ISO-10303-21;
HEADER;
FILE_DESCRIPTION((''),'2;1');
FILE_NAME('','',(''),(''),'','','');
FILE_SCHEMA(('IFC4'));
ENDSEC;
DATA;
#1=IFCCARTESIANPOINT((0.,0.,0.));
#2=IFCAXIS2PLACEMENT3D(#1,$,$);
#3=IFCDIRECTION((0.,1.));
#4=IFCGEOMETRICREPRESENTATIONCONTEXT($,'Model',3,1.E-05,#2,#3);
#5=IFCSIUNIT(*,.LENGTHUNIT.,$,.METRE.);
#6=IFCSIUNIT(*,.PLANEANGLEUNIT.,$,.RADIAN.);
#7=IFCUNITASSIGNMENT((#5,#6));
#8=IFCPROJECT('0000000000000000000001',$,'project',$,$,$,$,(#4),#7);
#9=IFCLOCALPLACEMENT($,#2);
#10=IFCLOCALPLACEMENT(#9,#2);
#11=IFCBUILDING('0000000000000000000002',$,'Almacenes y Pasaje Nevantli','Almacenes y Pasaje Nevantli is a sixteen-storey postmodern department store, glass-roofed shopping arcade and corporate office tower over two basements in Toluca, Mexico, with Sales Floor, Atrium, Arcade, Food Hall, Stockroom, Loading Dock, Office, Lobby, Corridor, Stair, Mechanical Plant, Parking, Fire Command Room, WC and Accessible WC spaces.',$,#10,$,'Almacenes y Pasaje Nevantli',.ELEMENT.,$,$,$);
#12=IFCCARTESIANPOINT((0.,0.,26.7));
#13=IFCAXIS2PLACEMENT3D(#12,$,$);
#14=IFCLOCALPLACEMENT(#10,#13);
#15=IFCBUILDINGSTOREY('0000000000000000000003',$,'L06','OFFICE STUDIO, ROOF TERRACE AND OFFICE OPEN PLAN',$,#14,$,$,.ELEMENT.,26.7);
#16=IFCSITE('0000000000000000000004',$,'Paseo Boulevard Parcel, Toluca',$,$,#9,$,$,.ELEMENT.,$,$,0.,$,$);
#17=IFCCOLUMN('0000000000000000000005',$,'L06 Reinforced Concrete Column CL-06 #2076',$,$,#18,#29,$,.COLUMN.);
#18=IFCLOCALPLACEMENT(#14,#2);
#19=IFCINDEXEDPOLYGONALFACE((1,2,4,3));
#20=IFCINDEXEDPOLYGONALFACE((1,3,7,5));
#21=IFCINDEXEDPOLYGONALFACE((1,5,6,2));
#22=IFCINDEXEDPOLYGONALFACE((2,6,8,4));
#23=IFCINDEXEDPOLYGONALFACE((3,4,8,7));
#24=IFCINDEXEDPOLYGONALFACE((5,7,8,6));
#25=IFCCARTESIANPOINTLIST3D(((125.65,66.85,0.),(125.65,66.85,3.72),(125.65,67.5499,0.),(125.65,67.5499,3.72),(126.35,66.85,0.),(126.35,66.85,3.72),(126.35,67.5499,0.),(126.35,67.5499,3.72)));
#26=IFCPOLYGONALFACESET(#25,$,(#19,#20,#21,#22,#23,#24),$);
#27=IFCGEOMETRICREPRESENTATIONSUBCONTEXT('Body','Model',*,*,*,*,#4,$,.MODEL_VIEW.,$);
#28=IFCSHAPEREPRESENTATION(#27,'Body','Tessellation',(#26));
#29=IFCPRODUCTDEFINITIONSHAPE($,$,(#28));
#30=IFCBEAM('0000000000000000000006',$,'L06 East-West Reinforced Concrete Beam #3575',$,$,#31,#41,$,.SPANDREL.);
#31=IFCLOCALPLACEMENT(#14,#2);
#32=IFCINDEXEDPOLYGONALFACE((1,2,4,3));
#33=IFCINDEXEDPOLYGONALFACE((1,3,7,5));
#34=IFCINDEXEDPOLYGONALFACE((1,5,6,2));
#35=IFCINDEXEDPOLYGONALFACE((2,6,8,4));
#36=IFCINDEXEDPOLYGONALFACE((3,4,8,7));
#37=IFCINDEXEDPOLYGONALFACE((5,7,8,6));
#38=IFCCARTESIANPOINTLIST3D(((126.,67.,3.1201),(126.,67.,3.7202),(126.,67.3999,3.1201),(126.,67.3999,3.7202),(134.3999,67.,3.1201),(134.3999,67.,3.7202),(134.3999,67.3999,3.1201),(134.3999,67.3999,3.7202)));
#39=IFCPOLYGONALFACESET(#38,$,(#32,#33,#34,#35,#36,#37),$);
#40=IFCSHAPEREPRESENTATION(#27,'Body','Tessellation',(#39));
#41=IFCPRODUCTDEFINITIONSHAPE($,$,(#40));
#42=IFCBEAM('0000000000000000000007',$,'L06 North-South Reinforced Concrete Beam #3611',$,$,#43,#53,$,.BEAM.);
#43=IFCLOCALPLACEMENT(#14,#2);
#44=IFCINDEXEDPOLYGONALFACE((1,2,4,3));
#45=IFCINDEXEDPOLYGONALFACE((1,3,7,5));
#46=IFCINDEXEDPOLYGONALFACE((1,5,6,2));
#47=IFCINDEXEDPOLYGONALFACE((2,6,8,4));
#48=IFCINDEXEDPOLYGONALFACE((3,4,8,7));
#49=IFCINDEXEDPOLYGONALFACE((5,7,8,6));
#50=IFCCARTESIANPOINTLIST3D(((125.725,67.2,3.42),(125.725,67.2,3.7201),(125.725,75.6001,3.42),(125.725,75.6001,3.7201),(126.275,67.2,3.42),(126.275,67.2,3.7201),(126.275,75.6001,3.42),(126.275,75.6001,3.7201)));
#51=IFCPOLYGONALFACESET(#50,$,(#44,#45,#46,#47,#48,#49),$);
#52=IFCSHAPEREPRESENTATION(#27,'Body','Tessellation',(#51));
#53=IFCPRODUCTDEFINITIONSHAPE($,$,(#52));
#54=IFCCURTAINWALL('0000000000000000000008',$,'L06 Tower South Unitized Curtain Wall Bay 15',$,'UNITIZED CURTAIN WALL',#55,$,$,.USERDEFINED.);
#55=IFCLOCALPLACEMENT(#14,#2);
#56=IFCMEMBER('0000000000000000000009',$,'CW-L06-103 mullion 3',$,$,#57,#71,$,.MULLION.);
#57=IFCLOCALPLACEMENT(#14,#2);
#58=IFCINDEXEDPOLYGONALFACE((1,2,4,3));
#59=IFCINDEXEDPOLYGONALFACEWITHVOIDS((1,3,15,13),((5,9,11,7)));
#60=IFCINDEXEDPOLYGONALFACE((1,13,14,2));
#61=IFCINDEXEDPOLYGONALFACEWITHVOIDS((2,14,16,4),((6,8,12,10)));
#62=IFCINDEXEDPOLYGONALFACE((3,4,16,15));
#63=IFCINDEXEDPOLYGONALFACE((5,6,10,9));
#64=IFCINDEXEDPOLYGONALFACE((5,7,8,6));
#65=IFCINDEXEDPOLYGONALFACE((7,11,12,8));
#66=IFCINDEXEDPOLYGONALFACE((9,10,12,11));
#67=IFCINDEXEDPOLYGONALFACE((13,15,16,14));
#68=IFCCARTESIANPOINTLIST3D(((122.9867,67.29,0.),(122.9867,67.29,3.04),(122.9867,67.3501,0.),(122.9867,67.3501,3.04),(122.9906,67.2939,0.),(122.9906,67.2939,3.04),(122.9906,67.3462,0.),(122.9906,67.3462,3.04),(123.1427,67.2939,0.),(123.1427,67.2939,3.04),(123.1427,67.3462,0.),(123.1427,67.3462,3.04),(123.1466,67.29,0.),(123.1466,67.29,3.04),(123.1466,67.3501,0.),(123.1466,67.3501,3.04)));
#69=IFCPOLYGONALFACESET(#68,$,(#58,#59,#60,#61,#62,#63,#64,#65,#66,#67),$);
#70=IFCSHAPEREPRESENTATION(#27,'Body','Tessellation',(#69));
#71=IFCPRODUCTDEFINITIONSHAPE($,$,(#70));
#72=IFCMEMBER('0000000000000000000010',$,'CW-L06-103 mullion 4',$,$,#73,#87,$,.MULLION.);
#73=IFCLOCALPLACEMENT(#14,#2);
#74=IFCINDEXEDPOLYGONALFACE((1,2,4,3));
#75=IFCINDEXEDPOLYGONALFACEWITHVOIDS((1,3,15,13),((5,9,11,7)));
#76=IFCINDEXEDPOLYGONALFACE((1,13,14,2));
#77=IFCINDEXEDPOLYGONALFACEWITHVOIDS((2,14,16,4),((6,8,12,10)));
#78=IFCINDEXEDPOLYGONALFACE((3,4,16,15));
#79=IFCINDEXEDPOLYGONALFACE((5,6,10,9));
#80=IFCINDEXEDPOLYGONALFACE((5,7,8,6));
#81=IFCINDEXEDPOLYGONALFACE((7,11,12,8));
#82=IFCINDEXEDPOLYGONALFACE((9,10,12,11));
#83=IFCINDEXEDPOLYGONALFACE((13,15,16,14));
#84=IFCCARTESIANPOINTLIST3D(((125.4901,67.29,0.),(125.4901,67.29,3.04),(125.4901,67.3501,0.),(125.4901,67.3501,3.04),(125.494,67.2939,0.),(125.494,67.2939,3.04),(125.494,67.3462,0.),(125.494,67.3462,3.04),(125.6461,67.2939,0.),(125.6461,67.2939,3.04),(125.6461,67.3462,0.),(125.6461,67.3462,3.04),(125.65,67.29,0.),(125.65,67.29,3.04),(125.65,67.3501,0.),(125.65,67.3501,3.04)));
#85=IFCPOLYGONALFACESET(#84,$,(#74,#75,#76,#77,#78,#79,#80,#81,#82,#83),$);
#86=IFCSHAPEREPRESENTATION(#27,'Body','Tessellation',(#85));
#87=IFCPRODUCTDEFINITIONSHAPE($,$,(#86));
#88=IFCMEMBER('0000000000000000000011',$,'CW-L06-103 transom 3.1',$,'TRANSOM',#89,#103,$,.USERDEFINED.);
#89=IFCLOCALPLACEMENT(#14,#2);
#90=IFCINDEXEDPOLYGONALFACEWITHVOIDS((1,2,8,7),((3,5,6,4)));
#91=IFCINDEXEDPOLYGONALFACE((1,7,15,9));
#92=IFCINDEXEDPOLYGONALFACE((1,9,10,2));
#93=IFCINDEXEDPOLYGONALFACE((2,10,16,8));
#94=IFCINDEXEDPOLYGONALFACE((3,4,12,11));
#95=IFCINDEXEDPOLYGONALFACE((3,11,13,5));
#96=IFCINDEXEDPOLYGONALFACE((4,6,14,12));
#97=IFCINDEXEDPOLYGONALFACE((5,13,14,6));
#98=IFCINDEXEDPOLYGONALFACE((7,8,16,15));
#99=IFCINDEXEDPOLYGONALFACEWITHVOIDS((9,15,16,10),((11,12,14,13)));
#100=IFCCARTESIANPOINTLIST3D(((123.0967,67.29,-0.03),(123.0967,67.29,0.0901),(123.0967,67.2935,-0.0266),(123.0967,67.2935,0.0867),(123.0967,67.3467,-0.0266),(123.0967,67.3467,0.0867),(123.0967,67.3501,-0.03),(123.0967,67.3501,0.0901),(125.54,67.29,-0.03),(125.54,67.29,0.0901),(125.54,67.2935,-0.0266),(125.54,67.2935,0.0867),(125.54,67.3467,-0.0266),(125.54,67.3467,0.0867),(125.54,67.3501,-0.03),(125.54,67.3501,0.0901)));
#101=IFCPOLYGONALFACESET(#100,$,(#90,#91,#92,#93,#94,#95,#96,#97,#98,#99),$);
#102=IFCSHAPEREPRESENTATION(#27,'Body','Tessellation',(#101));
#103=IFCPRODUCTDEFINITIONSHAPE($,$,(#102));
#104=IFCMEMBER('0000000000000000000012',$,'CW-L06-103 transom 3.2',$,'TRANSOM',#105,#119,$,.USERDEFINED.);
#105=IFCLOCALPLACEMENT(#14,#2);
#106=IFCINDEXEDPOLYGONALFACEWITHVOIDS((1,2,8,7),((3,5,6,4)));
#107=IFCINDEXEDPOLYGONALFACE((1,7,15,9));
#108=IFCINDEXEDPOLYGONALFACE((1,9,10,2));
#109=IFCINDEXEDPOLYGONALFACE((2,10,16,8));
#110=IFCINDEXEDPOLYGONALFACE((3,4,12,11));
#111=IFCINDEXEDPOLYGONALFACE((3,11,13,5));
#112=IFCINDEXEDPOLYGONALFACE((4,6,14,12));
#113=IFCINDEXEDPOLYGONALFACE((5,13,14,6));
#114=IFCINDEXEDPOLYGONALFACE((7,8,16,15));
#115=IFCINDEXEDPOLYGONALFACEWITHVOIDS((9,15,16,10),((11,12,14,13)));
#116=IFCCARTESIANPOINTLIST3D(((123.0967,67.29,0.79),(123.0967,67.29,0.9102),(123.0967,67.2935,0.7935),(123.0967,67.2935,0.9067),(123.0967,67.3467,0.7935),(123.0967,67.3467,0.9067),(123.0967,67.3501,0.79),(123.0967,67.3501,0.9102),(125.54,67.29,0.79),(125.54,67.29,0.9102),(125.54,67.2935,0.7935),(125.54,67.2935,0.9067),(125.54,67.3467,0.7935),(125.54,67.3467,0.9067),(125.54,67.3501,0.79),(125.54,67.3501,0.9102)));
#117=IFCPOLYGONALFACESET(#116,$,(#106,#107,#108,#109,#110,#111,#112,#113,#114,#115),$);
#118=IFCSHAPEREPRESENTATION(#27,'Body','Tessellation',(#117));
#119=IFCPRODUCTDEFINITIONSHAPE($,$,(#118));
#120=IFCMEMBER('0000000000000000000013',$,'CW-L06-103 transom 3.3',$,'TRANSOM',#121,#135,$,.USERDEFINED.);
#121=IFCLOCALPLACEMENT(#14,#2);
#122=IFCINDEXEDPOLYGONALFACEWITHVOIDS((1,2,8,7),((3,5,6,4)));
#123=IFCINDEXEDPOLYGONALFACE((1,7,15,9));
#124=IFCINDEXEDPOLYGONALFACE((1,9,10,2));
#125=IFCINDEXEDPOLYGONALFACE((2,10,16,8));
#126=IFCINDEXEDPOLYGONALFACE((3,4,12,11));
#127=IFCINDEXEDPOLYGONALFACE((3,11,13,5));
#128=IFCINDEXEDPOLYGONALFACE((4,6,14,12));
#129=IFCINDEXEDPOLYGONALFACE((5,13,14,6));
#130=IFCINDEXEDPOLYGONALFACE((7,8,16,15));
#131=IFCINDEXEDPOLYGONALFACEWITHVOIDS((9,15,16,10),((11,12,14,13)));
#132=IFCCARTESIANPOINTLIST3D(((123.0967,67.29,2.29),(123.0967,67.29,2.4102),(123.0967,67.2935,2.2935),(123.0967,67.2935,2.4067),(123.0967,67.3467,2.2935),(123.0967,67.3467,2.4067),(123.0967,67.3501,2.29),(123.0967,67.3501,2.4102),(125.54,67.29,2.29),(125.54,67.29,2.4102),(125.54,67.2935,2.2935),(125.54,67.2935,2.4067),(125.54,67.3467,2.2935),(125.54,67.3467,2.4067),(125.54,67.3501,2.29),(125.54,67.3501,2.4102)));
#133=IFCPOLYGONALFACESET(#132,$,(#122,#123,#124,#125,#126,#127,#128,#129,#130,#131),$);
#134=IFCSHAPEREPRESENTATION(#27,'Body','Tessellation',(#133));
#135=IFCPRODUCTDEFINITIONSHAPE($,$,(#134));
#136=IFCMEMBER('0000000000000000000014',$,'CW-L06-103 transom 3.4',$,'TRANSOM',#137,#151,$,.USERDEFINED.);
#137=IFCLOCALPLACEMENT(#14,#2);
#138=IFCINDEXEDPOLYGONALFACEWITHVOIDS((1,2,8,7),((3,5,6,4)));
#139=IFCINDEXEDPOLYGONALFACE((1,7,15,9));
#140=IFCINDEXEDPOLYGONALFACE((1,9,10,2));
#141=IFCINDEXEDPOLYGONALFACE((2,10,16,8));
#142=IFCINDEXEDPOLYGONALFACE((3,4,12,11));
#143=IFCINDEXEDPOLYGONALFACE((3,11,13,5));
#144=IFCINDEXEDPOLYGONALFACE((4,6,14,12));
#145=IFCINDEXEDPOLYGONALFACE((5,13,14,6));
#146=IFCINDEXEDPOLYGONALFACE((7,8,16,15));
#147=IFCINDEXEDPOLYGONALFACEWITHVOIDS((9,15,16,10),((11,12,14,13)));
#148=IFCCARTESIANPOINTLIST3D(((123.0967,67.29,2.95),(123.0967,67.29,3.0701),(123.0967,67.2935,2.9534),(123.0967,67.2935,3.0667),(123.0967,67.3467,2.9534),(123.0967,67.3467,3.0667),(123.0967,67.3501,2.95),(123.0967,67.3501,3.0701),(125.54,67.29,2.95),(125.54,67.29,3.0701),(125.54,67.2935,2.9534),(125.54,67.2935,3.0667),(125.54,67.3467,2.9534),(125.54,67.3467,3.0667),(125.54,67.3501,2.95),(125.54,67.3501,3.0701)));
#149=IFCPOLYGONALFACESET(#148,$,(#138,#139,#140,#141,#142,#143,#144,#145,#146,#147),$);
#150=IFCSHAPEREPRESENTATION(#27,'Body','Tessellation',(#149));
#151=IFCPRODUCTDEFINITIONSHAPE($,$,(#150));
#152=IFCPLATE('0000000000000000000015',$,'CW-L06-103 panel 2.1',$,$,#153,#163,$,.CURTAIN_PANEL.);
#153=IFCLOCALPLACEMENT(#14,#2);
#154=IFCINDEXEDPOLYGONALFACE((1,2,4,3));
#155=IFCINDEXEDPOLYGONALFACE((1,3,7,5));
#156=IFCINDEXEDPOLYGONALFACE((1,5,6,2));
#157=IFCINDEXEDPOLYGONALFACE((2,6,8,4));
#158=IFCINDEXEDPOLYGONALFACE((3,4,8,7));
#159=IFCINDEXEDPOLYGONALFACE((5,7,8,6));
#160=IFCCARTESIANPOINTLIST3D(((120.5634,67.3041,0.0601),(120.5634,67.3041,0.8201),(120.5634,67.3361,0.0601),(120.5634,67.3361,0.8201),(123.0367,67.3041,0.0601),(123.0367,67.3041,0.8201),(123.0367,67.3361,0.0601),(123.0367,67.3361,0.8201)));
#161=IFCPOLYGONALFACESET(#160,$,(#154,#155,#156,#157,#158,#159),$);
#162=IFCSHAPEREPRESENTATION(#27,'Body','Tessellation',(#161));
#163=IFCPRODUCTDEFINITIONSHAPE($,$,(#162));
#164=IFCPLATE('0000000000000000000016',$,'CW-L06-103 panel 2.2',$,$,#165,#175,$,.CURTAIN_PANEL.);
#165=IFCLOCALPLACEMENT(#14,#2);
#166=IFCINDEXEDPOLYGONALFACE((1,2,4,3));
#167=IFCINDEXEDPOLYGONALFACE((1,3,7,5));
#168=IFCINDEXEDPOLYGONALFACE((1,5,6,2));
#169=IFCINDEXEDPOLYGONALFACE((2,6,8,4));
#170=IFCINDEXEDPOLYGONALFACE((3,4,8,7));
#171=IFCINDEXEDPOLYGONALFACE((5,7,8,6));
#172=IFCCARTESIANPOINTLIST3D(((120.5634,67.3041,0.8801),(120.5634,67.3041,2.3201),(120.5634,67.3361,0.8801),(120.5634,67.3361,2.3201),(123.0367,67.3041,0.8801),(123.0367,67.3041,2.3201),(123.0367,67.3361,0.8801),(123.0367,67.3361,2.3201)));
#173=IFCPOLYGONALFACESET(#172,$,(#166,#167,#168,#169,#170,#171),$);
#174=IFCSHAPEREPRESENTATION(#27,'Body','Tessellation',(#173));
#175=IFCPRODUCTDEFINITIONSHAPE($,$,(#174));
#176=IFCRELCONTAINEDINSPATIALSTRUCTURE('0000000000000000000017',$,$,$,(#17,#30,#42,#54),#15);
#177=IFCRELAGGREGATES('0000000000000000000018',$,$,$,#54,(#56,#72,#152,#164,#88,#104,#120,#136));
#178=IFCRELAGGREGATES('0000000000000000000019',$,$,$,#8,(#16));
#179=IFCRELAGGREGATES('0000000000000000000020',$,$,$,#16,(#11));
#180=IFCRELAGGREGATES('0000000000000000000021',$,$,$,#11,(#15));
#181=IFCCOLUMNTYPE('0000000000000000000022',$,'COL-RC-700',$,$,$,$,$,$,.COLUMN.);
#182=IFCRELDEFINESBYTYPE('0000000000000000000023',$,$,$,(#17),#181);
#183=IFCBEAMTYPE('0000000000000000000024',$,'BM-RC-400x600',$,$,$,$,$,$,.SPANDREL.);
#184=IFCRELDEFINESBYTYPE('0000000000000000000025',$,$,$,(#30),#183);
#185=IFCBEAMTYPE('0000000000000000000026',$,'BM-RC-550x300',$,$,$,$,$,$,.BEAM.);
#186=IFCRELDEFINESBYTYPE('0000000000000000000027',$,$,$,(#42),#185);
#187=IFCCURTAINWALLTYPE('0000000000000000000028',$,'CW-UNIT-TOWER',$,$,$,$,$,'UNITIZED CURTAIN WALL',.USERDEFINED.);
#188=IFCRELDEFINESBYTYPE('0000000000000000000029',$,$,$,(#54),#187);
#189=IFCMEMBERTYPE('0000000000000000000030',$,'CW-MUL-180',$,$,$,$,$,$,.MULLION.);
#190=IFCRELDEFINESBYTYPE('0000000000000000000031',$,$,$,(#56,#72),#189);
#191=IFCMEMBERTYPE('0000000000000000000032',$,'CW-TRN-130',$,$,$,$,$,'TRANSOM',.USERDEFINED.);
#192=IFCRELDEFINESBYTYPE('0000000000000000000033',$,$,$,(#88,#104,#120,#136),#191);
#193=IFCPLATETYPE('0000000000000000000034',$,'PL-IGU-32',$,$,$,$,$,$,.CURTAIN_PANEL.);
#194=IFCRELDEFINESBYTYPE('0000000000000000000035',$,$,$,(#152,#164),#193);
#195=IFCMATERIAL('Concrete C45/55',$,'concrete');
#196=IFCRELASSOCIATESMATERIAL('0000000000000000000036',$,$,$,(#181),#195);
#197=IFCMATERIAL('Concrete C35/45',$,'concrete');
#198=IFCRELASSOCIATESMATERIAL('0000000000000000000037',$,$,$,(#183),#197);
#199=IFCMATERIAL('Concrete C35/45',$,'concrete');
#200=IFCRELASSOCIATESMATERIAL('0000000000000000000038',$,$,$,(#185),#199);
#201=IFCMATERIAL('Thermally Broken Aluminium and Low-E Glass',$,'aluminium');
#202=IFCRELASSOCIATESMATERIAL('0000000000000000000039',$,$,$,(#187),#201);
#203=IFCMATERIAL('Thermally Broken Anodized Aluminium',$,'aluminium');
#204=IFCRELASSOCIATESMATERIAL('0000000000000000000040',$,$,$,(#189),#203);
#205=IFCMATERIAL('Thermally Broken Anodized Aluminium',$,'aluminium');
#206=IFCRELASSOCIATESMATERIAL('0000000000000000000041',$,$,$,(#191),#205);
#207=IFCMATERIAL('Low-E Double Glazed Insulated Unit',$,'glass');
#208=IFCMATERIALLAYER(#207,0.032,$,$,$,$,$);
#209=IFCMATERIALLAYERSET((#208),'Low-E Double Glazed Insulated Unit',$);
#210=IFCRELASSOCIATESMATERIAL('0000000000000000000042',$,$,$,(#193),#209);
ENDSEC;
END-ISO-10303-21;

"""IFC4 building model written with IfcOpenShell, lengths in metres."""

from ifc_helpers import new_model, si_unit, direction, frame, origin, origin_2d, place, context, subcontext, project, spatial, rectangle, hollow_rectangle, extrude, material, layer, layer_set, material_profile, profile_set, type_object, element, aggregate, save


model = new_model("IFC4")

# Units and contexts
model_context = context("Model", 3, precision=1e-05, world=origin(), true_north=direction((0.0, 1.0)))
body_context = subcontext(model_context, "Body", "Model", "MODEL_VIEW")
ifc_project = project(units=[si_unit("LENGTHUNIT", "METRE"), si_unit("PLANEANGLEUNIT", "RADIAN")], contexts=[model_context])

# Site, building, storey
site_placement = place(None, origin())
site = spatial("IfcSite", under=ifc_project, at=site_placement, Name="Paseo Boulevard Parcel, Toluca", CompositionType="ELEMENT", RefElevation=0.0)
building_placement = place(site_placement, origin())
building = spatial("IfcBuilding", under=site, at=building_placement, Name="Almacenes y Pasaje Nevantli", Description="Almacenes y Pasaje Nevantli is a sixteen-storey postmodern department store, glass-roofed shopping arcade and corporate office tower over two basements in Toluca, Mexico, with Sales Floor, Atrium, Arcade, Food Hall, Stockroom, Loading Dock, Office, Lobby, Corridor, Stair, Mechanical Plant, Parking, Fire Command Room, WC and Accessible WC spaces.", LongName="Almacenes y Pasaje Nevantli", CompositionType="ELEMENT")
storey_placement = place(building_placement, frame((0.0, 0.0, 26.7)))
storey = spatial("IfcBuildingStorey", under=building, at=storey_placement, Name="L06", Description="OFFICE STUDIO, ROOF TERRACE AND OFFICE OPEN PLAN", CompositionType="ELEMENT", Elevation=26.7)

# Column
ifc_material_1 = material(Name="Concrete C45/55", Category="concrete")
ifc_material_profile_1 = material_profile(ifc_material_1, rectangle(XDim=0.7, YDim=0.7, at=origin_2d()), Name="RC-COL-700x700")
ifc_profile_set_1 = profile_set([ifc_material_profile_1], Name="Concrete C45/55")
column_type = type_object("IfcColumnType", Name="COL-RC-700", PredefinedType="COLUMN", material=ifc_profile_set_1)
column_placement = place(storey_placement, frame((126.0, 67.2, 0.0), z_axis=(0.0, 0.0, 1.0), x_axis=(1.0, 0.0, 0.0)))
element("IfcColumn", 1, at=column_placement, inside=storey, type_object=column_type, Name="L06 Reinforced Concrete Column CL-06 #2076", PredefinedType="COLUMN", context=body_context, shape_type="SweptSolid", body=[
    extrude(rectangle(XDim=0.7, YDim=0.7, at=origin_2d()), origin(), (0.0, 0.0, 1.0), 3.72),
])

# Beams
ifc_material_2 = material(Name="Concrete C35/45", Category="concrete")
ifc_material_profile_2 = material_profile(ifc_material_2, rectangle(XDim=0.3999, YDim=0.6001, at=origin_2d()), Name="RC-BM-400x600")
ifc_profile_set_2 = profile_set([ifc_material_profile_2], Name="Concrete C35/45")
beam_type_1 = type_object("IfcBeamType", Name="BM-RC-400x600", PredefinedType="SPANDREL", material=ifc_profile_set_2)
beam_1_placement = place(storey_placement, frame((126.0, 67.2, 3.4202), z_axis=(1.0, 0.0, 0.0), x_axis=(0.0, 1.0, 0.0)))
element("IfcBeam", 2, at=beam_1_placement, inside=storey, type_object=beam_type_1, Name="L06 East-West Reinforced Concrete Beam #3575", PredefinedType="SPANDREL", context=body_context, shape_type="SweptSolid", body=[
    extrude(rectangle(XDim=0.3999, YDim=0.6001, at=origin_2d()), origin(), (0.0, 0.0, 1.0), 8.3999),
])
ifc_material_3 = material(Name="Concrete C35/45", Category="concrete")
ifc_material_profile_3 = material_profile(ifc_material_3, rectangle(XDim=0.55, YDim=0.3, at=origin_2d()), Name="RC-BM-550x300")
ifc_profile_set_3 = profile_set([ifc_material_profile_3], Name="Concrete C35/45")
beam_type_2 = type_object("IfcBeamType", Name="BM-RC-550x300", PredefinedType="BEAM", material=ifc_profile_set_3)
beam_2_placement = place(storey_placement, frame((126.0, 67.2, 3.5701), z_axis=(0.0, 1.0, 0.0), x_axis=(-1.0, 0.0, 0.0)))
element("IfcBeam", 3, at=beam_2_placement, inside=storey, type_object=beam_type_2, Name="L06 North-South Reinforced Concrete Beam #3611", PredefinedType="BEAM", context=body_context, shape_type="SweptSolid", body=[
    extrude(rectangle(XDim=0.55, YDim=0.3, at=origin_2d()), origin(), (0.0, 0.0, 1.0), 8.4001),
])

# Curtain wall, members, plates
ifc_material_4 = material(Name="Thermally Broken Aluminium and Low-E Glass", Category="aluminium")
curtain_wall_type = type_object("IfcCurtainWallType", Name="CW-UNIT-TOWER", ElementType="UNITIZED CURTAIN WALL", PredefinedType="USERDEFINED", material=ifc_material_4)
curtain_wall_placement = place(storey_placement, origin())
curtain_wall = element("IfcCurtainWall", 4, at=curtain_wall_placement, inside=storey, type_object=curtain_wall_type, Name="L06 Tower South Unitized Curtain Wall Bay 15", ObjectType="UNITIZED CURTAIN WALL", PredefinedType="USERDEFINED")
ifc_material_5 = material(Name="Thermally Broken Anodized Aluminium", Category="aluminium")
ifc_material_profile_4 = material_profile(ifc_material_5, hollow_rectangle(XDim=0.0601, YDim=0.1599, WallThickness=0.0039, at=origin_2d()), Name="ALU-MUL-60x160")
ifc_profile_set_4 = profile_set([ifc_material_profile_4], Name="Thermally Broken Anodized Aluminium")
member_type_1 = type_object("IfcMemberType", Name="CW-MUL-180", PredefinedType="MULLION", material=ifc_profile_set_4)
member_1_placement = place(storey_placement, frame((123.0667, 67.3201, 0.0), z_axis=(0.0, 0.0, 1.0), x_axis=(0.0, 1.0, 0.0)))
member_1 = element("IfcMember", 5, at=member_1_placement, type_object=member_type_1, Name="CW-L06-103 mullion 3", PredefinedType="MULLION", context=body_context, shape_type="SweptSolid", body=[
    extrude(hollow_rectangle(XDim=0.0601, YDim=0.1599, WallThickness=0.0039, at=origin_2d()), origin(), (0.0, 0.0, 1.0), 3.04),
])
member_2_placement = place(storey_placement, frame((125.5701, 67.3201, 0.0), z_axis=(0.0, 0.0, 1.0), x_axis=(0.0, 1.0, 0.0)))
member_2 = element("IfcMember", 6, at=member_2_placement, type_object=member_type_1, Name="CW-L06-103 mullion 4", PredefinedType="MULLION", context=body_context, shape_type="SweptSolid", body=[
    extrude(hollow_rectangle(XDim=0.0601, YDim=0.1599, WallThickness=0.0039, at=origin_2d()), origin(), (0.0, 0.0, 1.0), 3.04),
])
ifc_material_6 = material(Name="Thermally Broken Anodized Aluminium", Category="aluminium")
ifc_material_profile_5 = material_profile(ifc_material_6, hollow_rectangle(XDim=0.0601, YDim=0.1201, WallThickness=0.0034, at=origin_2d()), Name="ALU-TRN-60x120")
ifc_profile_set_5 = profile_set([ifc_material_profile_5], Name="Thermally Broken Anodized Aluminium")
member_type_2 = type_object("IfcMemberType", Name="CW-TRN-130", ElementType="TRANSOM", PredefinedType="USERDEFINED", material=ifc_profile_set_5)
member_3_placement = place(storey_placement, frame((123.0967, 67.3201, 0.03), z_axis=(1.0, 0.0, 0.0), x_axis=(0.0, 1.0, 0.0)))
member_3 = element("IfcMember", 7, at=member_3_placement, type_object=member_type_2, Name="CW-L06-103 transom 3.1", ObjectType="TRANSOM", PredefinedType="USERDEFINED", context=body_context, shape_type="SweptSolid", body=[
    extrude(hollow_rectangle(XDim=0.0601, YDim=0.1201, WallThickness=0.0034, at=origin_2d()), origin(), (0.0, 0.0, 1.0), 2.4434),
])
member_4_placement = place(storey_placement, frame((123.0967, 67.3201, 0.8501), z_axis=(1.0, 0.0, 0.0), x_axis=(0.0, 1.0, 0.0)))
member_4 = element("IfcMember", 8, at=member_4_placement, type_object=member_type_2, Name="CW-L06-103 transom 3.2", ObjectType="TRANSOM", PredefinedType="USERDEFINED", context=body_context, shape_type="SweptSolid", body=[
    extrude(hollow_rectangle(XDim=0.0601, YDim=0.1201, WallThickness=0.0034, at=origin_2d()), origin(), (0.0, 0.0, 1.0), 2.4434),
])
member_5_placement = place(storey_placement, frame((123.0967, 67.3201, 2.3501), z_axis=(1.0, 0.0, 0.0), x_axis=(0.0, 1.0, 0.0)))
member_5 = element("IfcMember", 9, at=member_5_placement, type_object=member_type_2, Name="CW-L06-103 transom 3.3", ObjectType="TRANSOM", PredefinedType="USERDEFINED", context=body_context, shape_type="SweptSolid", body=[
    extrude(hollow_rectangle(XDim=0.0601, YDim=0.1201, WallThickness=0.0034, at=origin_2d()), origin(), (0.0, 0.0, 1.0), 2.4434),
])
member_6_placement = place(storey_placement, frame((123.0967, 67.3201, 3.01), z_axis=(1.0, 0.0, 0.0), x_axis=(0.0, 1.0, 0.0)))
member_6 = element("IfcMember", 10, at=member_6_placement, type_object=member_type_2, Name="CW-L06-103 transom 3.4", ObjectType="TRANSOM", PredefinedType="USERDEFINED", context=body_context, shape_type="SweptSolid", body=[
    extrude(hollow_rectangle(XDim=0.0601, YDim=0.1201, WallThickness=0.0034, at=origin_2d()), origin(), (0.0, 0.0, 1.0), 2.4434),
])
ifc_material_7 = material(Name="Low-E Double Glazed Insulated Unit", Category="glass")
ifc_layer = layer(ifc_material_7, 0.032)
ifc_layer_set = layer_set([ifc_layer], Name="Low-E Double Glazed Insulated Unit")
plate_type = type_object("IfcPlateType", Name="PL-IGU-32", PredefinedType="CURTAIN_PANEL", material=ifc_layer_set)
plate_1_placement = place(storey_placement, frame((121.8, 67.3201, 0.0601), z_axis=(0.0, 0.0, 1.0), x_axis=(1.0, 0.0, 0.0)))
plate_1 = element("IfcPlate", 11, at=plate_1_placement, type_object=plate_type, Name="CW-L06-103 panel 2.1", PredefinedType="CURTAIN_PANEL", context=body_context, shape_type="SweptSolid", body=[
    extrude(rectangle(XDim=2.4734, YDim=0.032, at=origin_2d()), origin(), (0.0, 0.0, 1.0), 0.76),
])
plate_2_placement = place(storey_placement, frame((121.8, 67.3201, 0.8801), z_axis=(0.0, 0.0, 1.0), x_axis=(1.0, 0.0, 0.0)))
plate_2 = element("IfcPlate", 12, at=plate_2_placement, type_object=plate_type, Name="CW-L06-103 panel 2.2", PredefinedType="CURTAIN_PANEL", context=body_context, shape_type="SweptSolid", body=[
    extrude(rectangle(XDim=2.4734, YDim=0.032, at=origin_2d()), origin(), (0.0, 0.0, 1.0), 1.4399),
])
aggregate(curtain_wall, [member_1, member_2, plate_1, plate_2, member_3, member_4, member_5, member_6])

save(model, "model.ifc")
